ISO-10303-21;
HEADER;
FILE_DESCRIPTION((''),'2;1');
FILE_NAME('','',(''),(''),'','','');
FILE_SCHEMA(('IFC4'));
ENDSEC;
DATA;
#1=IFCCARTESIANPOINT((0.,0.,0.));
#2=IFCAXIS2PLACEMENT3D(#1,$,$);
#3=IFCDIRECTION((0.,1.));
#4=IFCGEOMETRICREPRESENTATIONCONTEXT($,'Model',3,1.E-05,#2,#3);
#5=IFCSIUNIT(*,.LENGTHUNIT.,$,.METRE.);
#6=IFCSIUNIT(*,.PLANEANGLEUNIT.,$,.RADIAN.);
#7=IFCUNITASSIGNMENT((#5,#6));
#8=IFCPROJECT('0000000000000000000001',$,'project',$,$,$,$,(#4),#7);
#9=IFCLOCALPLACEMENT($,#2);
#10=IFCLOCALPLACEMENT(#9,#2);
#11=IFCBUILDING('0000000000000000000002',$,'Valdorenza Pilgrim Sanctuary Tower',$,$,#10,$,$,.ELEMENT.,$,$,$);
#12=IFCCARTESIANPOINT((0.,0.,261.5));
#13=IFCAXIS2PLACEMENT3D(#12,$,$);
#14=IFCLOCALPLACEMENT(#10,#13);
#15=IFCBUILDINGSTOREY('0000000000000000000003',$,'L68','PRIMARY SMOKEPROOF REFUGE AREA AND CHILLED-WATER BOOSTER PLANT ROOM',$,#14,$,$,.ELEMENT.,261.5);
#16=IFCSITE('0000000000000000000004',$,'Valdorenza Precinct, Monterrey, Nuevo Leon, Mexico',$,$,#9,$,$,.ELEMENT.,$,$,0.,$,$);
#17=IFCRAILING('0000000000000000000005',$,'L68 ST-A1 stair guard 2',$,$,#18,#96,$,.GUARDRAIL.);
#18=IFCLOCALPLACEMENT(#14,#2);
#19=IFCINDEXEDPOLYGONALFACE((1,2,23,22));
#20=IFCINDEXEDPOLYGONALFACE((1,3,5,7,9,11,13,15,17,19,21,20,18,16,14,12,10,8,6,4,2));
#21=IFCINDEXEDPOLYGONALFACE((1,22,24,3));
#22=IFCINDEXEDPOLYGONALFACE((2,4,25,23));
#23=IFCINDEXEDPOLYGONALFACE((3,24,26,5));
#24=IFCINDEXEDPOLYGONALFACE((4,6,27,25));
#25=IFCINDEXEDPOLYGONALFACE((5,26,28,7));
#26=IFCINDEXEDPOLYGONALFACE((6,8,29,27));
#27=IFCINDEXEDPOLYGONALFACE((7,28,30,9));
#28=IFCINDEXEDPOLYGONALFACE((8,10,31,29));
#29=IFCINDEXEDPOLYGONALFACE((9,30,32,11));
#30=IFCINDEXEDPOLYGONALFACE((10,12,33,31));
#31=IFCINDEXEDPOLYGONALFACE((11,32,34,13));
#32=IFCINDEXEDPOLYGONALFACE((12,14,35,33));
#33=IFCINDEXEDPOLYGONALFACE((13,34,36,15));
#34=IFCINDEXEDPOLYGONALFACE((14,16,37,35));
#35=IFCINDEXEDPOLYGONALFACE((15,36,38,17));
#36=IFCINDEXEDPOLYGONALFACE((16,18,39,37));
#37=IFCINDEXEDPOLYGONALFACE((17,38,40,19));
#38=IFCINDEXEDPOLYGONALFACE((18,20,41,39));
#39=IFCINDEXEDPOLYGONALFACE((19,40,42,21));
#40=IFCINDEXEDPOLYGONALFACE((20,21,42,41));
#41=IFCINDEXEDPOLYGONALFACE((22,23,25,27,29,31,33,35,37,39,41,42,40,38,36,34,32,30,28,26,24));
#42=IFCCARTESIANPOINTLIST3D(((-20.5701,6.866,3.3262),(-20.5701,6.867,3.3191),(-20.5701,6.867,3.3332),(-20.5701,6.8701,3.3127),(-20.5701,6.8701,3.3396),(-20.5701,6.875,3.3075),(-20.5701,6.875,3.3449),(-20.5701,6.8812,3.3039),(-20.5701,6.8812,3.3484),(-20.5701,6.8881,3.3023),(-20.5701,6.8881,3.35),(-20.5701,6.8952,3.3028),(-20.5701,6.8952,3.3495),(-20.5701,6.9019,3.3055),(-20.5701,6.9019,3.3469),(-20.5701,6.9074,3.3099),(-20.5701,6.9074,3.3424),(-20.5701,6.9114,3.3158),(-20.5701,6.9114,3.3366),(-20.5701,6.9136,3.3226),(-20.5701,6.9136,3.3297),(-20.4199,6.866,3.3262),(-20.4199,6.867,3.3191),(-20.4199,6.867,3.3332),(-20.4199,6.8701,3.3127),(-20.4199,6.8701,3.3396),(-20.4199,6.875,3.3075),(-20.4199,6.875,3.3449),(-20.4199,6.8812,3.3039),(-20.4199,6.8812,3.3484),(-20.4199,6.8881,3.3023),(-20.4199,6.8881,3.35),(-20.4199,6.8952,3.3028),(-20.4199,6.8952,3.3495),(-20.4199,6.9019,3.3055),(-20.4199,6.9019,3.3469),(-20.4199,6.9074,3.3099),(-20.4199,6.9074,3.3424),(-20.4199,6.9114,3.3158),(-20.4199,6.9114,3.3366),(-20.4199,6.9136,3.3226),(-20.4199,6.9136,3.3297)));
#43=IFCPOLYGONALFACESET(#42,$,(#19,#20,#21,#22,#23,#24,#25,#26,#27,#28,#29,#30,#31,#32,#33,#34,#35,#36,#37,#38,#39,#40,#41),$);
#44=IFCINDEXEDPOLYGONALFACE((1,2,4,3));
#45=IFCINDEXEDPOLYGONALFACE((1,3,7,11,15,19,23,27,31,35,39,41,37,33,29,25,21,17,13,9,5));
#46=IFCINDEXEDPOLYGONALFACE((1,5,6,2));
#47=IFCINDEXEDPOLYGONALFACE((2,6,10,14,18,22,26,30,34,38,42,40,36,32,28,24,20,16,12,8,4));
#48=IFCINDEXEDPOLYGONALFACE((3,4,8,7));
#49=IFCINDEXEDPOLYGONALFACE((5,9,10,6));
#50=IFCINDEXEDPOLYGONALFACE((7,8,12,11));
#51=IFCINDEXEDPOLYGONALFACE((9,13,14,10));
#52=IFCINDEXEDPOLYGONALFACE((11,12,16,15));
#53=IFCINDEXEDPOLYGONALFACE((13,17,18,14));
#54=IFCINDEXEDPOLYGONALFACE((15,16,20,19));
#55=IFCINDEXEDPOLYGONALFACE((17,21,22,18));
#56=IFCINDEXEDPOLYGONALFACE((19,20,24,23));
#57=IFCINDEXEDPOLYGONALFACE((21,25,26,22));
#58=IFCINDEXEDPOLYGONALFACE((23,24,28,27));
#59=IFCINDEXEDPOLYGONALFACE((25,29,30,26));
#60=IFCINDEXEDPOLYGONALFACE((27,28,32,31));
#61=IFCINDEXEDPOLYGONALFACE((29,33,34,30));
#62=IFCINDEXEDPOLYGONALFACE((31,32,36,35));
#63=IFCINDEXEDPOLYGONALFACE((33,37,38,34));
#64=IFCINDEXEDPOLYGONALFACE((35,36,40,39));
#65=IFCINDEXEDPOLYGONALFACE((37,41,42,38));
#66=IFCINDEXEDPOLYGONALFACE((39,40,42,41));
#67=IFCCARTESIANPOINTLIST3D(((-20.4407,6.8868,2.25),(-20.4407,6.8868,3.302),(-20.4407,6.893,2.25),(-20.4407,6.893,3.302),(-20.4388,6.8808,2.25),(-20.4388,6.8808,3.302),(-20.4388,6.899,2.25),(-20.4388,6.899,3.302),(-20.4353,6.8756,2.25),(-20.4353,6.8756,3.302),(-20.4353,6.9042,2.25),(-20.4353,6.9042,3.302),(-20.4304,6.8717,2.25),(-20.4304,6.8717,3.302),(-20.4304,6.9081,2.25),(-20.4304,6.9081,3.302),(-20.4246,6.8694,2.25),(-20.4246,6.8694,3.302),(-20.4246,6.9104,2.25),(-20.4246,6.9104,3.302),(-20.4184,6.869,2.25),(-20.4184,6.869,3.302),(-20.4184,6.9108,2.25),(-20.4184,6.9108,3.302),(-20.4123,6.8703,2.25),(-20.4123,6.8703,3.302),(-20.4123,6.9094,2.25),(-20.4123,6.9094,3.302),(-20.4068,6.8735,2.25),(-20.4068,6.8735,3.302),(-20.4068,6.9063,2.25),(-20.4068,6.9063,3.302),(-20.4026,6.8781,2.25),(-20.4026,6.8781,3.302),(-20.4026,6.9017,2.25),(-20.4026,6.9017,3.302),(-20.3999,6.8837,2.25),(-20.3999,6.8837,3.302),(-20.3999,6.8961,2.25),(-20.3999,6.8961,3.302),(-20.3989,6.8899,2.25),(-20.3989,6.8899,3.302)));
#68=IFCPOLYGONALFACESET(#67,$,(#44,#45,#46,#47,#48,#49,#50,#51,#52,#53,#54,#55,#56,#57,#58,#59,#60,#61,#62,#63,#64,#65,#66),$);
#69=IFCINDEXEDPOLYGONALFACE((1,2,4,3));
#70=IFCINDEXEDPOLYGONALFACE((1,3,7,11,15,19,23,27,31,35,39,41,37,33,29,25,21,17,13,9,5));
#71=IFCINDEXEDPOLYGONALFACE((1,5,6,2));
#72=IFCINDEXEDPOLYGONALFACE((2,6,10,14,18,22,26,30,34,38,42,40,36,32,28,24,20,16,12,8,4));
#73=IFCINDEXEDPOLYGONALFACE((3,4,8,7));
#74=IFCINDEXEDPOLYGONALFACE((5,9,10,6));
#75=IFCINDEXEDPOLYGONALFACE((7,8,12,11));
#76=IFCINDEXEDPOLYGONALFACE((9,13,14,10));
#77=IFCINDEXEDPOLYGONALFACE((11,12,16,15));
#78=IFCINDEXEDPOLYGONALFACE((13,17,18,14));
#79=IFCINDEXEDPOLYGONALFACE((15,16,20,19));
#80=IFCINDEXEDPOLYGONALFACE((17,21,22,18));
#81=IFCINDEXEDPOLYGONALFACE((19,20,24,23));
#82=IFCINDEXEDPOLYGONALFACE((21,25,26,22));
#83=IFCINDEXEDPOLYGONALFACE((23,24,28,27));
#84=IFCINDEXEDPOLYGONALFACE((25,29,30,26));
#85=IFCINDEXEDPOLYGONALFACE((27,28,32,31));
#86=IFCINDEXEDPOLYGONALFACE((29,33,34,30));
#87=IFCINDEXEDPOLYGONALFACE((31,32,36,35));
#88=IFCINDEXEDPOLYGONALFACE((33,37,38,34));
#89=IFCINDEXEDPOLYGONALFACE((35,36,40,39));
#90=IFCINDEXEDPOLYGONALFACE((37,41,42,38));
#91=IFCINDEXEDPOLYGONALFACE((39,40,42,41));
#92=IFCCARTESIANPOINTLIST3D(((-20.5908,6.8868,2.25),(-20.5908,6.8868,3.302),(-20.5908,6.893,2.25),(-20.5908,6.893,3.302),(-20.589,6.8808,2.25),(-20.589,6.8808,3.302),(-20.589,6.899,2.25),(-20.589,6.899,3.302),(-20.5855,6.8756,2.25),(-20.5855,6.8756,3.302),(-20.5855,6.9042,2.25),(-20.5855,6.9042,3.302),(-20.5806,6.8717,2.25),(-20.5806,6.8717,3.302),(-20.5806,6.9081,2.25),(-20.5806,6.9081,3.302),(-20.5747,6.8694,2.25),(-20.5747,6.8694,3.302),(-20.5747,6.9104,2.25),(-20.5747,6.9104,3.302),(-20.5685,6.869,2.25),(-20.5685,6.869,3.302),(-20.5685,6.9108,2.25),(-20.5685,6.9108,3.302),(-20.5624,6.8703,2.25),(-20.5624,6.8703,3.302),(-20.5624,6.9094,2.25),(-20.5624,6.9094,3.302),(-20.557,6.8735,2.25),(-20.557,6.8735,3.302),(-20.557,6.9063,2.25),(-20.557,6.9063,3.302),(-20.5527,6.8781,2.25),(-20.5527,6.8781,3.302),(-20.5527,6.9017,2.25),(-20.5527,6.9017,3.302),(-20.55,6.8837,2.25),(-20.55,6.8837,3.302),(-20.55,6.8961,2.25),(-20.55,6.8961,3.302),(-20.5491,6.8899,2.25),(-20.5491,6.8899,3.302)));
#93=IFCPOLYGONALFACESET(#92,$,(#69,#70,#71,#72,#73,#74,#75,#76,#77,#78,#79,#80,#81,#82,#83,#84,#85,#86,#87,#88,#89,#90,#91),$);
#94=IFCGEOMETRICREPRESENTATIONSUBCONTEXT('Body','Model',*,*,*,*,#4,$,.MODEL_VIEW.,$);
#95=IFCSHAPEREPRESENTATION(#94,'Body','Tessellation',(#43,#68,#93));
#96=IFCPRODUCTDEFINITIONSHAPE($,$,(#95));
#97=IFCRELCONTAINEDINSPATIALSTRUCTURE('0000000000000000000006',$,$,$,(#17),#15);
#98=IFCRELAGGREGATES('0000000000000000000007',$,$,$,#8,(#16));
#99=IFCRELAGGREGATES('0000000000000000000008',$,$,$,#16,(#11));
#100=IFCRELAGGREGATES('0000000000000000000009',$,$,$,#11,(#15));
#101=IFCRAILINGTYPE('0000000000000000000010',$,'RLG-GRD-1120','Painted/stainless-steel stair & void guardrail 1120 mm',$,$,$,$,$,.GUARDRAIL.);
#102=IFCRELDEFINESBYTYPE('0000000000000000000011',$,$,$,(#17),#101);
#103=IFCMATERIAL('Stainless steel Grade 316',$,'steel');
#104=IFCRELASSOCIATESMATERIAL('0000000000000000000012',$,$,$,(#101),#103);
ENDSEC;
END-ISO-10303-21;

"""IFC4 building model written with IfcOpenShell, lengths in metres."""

from ifc_helpers import new_model, si_unit, direction, frame, origin, origin_2d, place, context, subcontext, project, spatial, circle, extrude, material, type_object, element, save


model = new_model("IFC4")

# Units and contexts
model_context = context("Model", 3, precision=1e-05, world=origin(), true_north=direction((0.0, 1.0)))
body_context = subcontext(model_context, "Body", "Model", "MODEL_VIEW")
ifc_project = project(units=[si_unit("LENGTHUNIT", "METRE"), si_unit("PLANEANGLEUNIT", "RADIAN")], contexts=[model_context])

# Site, building, storey
site_placement = place(None, origin())
site = spatial("IfcSite", under=ifc_project, at=site_placement, Name="Valdorenza Precinct, Monterrey, Nuevo Leon, Mexico", CompositionType="ELEMENT", RefElevation=0.0)
building_placement = place(site_placement, origin())
building = spatial("IfcBuilding", under=site, at=building_placement, Name="Valdorenza Pilgrim Sanctuary Tower", CompositionType="ELEMENT")
storey_placement = place(building_placement, frame((0.0, 0.0, 261.5)))
storey = spatial("IfcBuildingStorey", under=building, at=storey_placement, Name="L68", Description="PRIMARY SMOKEPROOF REFUGE AREA AND CHILLED-WATER BOOSTER PLANT ROOM", CompositionType="ELEMENT", Elevation=261.5)

# Railing
ifc_material_1 = material(Name="Stainless steel Grade 316", Category="steel")
railing_type_1 = type_object("IfcRailingType", Name="RLG-GRD-1120", Description="Painted/stainless-steel stair & void guardrail 1120 mm", PredefinedType="GUARDRAIL", material=ifc_material_1)
railing_1_placement = place(storey_placement, frame((-20.4199, 6.8899, 2.25)))
element("IfcRailing", 1, at=railing_1_placement, inside=storey, type_object=railing_type_1, Name="L68 ST-A1 stair guard 2", PredefinedType="GUARDRAIL", context=body_context, shape_type="SweptSolid", body=[
    extrude(circle(Radius=0.0239, at=origin_2d()), frame((0.0, 0.0, 1.0762), z_axis=(-1.0, 0.0, 0.0), x_axis=(0.0, -1.0, 0.0)), (0.0, 0.0, 1.0), 0.1501),
    extrude(circle(Radius=0.021, at=origin_2d()), origin(), (0.0, 0.0, 1.0), 1.052),
    extrude(circle(Radius=0.021, at=origin_2d()), frame((-0.1501, 0.0, 0.0)), (0.0, 0.0, 1.0), 1.052),
])

save(model, "model.ifc")
